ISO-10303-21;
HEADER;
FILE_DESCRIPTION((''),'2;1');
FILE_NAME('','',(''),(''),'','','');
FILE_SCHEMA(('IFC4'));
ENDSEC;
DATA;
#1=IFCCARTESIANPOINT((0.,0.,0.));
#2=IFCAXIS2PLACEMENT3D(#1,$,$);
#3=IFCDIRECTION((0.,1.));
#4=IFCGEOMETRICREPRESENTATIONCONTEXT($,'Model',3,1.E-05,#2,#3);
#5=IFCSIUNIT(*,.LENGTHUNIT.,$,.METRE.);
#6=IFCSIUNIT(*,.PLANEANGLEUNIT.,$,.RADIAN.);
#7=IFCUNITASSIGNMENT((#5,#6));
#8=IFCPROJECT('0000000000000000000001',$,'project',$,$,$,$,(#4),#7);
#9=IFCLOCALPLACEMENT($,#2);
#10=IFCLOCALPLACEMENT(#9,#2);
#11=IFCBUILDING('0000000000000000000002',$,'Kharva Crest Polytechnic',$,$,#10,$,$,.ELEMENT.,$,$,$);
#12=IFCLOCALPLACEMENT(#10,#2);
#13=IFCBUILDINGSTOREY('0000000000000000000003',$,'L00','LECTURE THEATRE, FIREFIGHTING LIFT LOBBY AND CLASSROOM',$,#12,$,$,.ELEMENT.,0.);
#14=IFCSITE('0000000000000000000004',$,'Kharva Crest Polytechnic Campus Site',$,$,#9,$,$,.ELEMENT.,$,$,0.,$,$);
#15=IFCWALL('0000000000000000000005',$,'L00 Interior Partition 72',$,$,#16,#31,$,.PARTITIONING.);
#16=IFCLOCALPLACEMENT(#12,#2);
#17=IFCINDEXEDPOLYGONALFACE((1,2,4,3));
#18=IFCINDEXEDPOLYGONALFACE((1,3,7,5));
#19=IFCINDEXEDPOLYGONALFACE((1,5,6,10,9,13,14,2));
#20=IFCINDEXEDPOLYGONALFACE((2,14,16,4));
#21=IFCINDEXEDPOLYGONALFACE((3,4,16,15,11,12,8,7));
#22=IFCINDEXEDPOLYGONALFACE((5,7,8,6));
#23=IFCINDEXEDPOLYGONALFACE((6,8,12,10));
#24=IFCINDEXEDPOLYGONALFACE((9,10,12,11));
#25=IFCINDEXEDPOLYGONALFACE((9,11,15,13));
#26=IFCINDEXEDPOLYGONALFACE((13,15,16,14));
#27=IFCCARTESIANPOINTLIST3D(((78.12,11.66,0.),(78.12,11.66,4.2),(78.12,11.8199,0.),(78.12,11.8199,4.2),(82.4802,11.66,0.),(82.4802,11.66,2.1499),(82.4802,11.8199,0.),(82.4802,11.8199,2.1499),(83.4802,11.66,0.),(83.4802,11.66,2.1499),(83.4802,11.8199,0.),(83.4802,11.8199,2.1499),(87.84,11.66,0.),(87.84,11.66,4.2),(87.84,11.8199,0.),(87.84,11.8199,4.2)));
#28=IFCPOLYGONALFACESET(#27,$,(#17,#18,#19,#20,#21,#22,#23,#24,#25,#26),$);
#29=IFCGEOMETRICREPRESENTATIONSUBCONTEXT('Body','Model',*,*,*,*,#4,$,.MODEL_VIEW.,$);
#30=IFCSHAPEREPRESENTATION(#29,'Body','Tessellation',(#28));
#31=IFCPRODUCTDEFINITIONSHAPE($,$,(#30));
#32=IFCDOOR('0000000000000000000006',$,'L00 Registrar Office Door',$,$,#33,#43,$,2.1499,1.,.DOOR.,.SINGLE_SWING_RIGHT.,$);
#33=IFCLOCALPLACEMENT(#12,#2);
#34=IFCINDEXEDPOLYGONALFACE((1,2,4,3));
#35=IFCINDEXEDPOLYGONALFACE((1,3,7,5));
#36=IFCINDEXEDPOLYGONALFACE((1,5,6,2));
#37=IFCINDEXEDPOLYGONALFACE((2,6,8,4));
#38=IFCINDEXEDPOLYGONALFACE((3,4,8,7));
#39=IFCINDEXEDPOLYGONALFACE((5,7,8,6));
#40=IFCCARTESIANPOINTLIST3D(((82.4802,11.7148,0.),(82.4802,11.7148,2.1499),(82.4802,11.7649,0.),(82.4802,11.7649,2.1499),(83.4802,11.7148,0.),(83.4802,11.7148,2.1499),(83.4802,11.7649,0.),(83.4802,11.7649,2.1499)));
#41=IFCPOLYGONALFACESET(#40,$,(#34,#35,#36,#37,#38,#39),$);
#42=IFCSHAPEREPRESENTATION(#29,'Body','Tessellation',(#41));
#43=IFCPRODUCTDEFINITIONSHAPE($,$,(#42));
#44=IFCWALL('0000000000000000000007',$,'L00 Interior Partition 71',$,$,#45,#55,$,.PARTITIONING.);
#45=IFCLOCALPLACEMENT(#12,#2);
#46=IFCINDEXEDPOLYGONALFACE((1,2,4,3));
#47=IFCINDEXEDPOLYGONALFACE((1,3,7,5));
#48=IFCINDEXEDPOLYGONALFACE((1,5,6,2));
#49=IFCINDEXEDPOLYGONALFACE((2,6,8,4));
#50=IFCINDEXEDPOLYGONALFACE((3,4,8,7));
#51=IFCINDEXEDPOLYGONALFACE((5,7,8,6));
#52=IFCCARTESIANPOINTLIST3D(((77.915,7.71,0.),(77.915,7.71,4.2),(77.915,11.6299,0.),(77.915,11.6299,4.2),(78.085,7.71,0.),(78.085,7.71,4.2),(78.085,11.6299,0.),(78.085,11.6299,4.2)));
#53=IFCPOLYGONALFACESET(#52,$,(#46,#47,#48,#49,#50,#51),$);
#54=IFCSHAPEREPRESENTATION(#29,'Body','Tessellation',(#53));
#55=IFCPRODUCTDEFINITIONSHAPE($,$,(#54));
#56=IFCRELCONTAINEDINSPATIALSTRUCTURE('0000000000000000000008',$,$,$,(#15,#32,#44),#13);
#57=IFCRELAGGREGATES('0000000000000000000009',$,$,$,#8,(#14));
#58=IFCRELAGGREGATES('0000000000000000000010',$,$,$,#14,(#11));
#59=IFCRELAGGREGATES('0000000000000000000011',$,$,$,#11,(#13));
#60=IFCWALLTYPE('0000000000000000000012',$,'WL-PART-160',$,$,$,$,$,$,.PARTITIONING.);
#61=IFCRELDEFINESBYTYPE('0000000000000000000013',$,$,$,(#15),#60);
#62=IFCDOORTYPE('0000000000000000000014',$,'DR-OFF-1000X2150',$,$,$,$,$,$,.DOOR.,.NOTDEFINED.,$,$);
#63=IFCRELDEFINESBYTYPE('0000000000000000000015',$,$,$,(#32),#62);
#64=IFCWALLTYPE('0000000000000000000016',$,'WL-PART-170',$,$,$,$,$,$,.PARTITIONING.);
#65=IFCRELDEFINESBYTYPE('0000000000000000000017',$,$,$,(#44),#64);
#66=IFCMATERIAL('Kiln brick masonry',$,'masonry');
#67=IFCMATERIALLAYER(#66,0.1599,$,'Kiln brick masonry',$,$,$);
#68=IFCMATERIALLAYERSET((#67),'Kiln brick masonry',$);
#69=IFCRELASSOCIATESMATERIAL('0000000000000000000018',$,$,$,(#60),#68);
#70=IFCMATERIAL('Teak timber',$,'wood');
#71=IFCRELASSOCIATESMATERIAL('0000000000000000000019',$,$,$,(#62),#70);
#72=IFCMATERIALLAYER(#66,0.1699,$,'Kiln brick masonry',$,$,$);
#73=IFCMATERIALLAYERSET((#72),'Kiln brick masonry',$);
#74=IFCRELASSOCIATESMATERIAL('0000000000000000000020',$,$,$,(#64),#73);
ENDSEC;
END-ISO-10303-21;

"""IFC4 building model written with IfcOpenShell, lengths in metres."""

from ifc_helpers import new_model, si_unit, direction, frame, frame_2d, origin, place, context, subcontext, project, spatial, rectangle, extrude, material, layer, layer_set, type_object, element, fill, save


model = new_model("IFC4")

# Units and contexts
model_context = context("Model", 3, precision=1e-05, world=origin(), true_north=direction((0.0, 1.0)))
body_context = subcontext(model_context, "Body", "Model", "MODEL_VIEW")
ifc_project = project(units=[si_unit("LENGTHUNIT", "METRE"), si_unit("PLANEANGLEUNIT", "RADIAN")], contexts=[model_context])

# Site, building, storey
site_placement = place(None, origin())
site = spatial("IfcSite", under=ifc_project, at=site_placement, Name="Kharva Crest Polytechnic Campus Site", CompositionType="ELEMENT", RefElevation=0.0)
building_placement = place(site_placement, origin())
building = spatial("IfcBuilding", under=site, at=building_placement, Name="Kharva Crest Polytechnic", CompositionType="ELEMENT")
storey_placement = place(building_placement, origin())
storey = spatial("IfcBuildingStorey", under=building, at=storey_placement, Name="L00", Description="LECTURE THEATRE, FIREFIGHTING LIFT LOBBY AND CLASSROOM", CompositionType="ELEMENT", Elevation=0.0)

# Wall, opening, door
ifc_material_1 = material(Name="Kiln brick masonry", Category="masonry")
ifc_layer_1 = layer(ifc_material_1, 0.1599, Name="Kiln brick masonry")
ifc_layer_set_1 = layer_set([ifc_layer_1], Name="Kiln brick masonry")
wall_type_1 = type_object("IfcWallType", Name="WL-PART-160", PredefinedType="PARTITIONING", material=ifc_layer_set_1)
wall_1_placement = place(storey_placement, frame((78.1201, 11.74, 0.0), z_axis=(0.0, 0.0, 1.0), x_axis=(1.0, 0.0, 0.0)))
wall_1 = element("IfcWall", 1, at=wall_1_placement, inside=storey, type_object=wall_type_1, Name="L00 Interior Partition 72", PredefinedType="PARTITIONING", context=body_context, shape_type="SweptSolid", body=[
    extrude(rectangle(XDim=9.72, YDim=0.1599, at=frame_2d((4.8599, 0.0))), origin(), (0.0, 0.0, 1.0), 4.2),
])
opening_1_placement = place(wall_1_placement, frame((4.3601, 0.0, 0.0)))
opening_1 = element("IfcOpeningElement", 2, at=opening_1_placement, cuts=wall_1, PredefinedType="OPENING", context=body_context, shape_type="SweptSolid", body=[
    extrude(rectangle(XDim=1.0, YDim=2.1499, at=frame_2d((0.5, 1.075))), frame((0.0, 0.0898, 0.0), z_axis=(0.0, -1.0, 0.0), x_axis=(1.0, 0.0, 0.0)), (0.0, 0.0, 1.0), 0.1799),
])
ifc_material_2 = material(Name="Teak timber", Category="wood")
door_type_1 = type_object("IfcDoorType", Name="DR-OFF-1000X2150", OperationType="NOTDEFINED", PredefinedType="DOOR", material=ifc_material_2)
door_1_placement = place(opening_1_placement, origin())
door_1 = element("IfcDoor", 3, at=door_1_placement, inside=storey, type_object=door_type_1, Name="L00 Registrar Office Door", OperationType="SINGLE_SWING_RIGHT", OverallHeight=2.1499, OverallWidth=1.0, PredefinedType="DOOR", context=body_context, shape_type="SweptSolid", body=[
    extrude(rectangle(XDim=1.0, YDim=2.1499, at=frame_2d((0.5, 1.075))), frame((0.0, 0.0249, 0.0), z_axis=(0.0, -1.0, 0.0), x_axis=(1.0, 0.0, 0.0)), (0.0, 0.0, 1.0), 0.05),
])
fill(opening_1, door_1)

# Wall
ifc_layer_2 = layer(ifc_material_1, 0.1699, Name="Kiln brick masonry")
ifc_layer_set_2 = layer_set([ifc_layer_2], Name="Kiln brick masonry")
wall_type_2 = type_object("IfcWallType", Name="WL-PART-170", PredefinedType="PARTITIONING", material=ifc_layer_set_2)
wall_2_placement = place(storey_placement, frame((78.0, 7.71, 0.0), z_axis=(0.0, 0.0, 1.0), x_axis=(0.0, 1.0, 0.0)))
element("IfcWall", 4, at=wall_2_placement, inside=storey, type_object=wall_type_2, Name="L00 Interior Partition 71", PredefinedType="PARTITIONING", context=body_context, shape_type="SweptSolid", body=[
    extrude(rectangle(XDim=3.9199, YDim=0.1699, at=frame_2d((1.96, 0.0))), origin(), (0.0, 0.0, 1.0), 4.2),
])

save(model, "model.ifc")
